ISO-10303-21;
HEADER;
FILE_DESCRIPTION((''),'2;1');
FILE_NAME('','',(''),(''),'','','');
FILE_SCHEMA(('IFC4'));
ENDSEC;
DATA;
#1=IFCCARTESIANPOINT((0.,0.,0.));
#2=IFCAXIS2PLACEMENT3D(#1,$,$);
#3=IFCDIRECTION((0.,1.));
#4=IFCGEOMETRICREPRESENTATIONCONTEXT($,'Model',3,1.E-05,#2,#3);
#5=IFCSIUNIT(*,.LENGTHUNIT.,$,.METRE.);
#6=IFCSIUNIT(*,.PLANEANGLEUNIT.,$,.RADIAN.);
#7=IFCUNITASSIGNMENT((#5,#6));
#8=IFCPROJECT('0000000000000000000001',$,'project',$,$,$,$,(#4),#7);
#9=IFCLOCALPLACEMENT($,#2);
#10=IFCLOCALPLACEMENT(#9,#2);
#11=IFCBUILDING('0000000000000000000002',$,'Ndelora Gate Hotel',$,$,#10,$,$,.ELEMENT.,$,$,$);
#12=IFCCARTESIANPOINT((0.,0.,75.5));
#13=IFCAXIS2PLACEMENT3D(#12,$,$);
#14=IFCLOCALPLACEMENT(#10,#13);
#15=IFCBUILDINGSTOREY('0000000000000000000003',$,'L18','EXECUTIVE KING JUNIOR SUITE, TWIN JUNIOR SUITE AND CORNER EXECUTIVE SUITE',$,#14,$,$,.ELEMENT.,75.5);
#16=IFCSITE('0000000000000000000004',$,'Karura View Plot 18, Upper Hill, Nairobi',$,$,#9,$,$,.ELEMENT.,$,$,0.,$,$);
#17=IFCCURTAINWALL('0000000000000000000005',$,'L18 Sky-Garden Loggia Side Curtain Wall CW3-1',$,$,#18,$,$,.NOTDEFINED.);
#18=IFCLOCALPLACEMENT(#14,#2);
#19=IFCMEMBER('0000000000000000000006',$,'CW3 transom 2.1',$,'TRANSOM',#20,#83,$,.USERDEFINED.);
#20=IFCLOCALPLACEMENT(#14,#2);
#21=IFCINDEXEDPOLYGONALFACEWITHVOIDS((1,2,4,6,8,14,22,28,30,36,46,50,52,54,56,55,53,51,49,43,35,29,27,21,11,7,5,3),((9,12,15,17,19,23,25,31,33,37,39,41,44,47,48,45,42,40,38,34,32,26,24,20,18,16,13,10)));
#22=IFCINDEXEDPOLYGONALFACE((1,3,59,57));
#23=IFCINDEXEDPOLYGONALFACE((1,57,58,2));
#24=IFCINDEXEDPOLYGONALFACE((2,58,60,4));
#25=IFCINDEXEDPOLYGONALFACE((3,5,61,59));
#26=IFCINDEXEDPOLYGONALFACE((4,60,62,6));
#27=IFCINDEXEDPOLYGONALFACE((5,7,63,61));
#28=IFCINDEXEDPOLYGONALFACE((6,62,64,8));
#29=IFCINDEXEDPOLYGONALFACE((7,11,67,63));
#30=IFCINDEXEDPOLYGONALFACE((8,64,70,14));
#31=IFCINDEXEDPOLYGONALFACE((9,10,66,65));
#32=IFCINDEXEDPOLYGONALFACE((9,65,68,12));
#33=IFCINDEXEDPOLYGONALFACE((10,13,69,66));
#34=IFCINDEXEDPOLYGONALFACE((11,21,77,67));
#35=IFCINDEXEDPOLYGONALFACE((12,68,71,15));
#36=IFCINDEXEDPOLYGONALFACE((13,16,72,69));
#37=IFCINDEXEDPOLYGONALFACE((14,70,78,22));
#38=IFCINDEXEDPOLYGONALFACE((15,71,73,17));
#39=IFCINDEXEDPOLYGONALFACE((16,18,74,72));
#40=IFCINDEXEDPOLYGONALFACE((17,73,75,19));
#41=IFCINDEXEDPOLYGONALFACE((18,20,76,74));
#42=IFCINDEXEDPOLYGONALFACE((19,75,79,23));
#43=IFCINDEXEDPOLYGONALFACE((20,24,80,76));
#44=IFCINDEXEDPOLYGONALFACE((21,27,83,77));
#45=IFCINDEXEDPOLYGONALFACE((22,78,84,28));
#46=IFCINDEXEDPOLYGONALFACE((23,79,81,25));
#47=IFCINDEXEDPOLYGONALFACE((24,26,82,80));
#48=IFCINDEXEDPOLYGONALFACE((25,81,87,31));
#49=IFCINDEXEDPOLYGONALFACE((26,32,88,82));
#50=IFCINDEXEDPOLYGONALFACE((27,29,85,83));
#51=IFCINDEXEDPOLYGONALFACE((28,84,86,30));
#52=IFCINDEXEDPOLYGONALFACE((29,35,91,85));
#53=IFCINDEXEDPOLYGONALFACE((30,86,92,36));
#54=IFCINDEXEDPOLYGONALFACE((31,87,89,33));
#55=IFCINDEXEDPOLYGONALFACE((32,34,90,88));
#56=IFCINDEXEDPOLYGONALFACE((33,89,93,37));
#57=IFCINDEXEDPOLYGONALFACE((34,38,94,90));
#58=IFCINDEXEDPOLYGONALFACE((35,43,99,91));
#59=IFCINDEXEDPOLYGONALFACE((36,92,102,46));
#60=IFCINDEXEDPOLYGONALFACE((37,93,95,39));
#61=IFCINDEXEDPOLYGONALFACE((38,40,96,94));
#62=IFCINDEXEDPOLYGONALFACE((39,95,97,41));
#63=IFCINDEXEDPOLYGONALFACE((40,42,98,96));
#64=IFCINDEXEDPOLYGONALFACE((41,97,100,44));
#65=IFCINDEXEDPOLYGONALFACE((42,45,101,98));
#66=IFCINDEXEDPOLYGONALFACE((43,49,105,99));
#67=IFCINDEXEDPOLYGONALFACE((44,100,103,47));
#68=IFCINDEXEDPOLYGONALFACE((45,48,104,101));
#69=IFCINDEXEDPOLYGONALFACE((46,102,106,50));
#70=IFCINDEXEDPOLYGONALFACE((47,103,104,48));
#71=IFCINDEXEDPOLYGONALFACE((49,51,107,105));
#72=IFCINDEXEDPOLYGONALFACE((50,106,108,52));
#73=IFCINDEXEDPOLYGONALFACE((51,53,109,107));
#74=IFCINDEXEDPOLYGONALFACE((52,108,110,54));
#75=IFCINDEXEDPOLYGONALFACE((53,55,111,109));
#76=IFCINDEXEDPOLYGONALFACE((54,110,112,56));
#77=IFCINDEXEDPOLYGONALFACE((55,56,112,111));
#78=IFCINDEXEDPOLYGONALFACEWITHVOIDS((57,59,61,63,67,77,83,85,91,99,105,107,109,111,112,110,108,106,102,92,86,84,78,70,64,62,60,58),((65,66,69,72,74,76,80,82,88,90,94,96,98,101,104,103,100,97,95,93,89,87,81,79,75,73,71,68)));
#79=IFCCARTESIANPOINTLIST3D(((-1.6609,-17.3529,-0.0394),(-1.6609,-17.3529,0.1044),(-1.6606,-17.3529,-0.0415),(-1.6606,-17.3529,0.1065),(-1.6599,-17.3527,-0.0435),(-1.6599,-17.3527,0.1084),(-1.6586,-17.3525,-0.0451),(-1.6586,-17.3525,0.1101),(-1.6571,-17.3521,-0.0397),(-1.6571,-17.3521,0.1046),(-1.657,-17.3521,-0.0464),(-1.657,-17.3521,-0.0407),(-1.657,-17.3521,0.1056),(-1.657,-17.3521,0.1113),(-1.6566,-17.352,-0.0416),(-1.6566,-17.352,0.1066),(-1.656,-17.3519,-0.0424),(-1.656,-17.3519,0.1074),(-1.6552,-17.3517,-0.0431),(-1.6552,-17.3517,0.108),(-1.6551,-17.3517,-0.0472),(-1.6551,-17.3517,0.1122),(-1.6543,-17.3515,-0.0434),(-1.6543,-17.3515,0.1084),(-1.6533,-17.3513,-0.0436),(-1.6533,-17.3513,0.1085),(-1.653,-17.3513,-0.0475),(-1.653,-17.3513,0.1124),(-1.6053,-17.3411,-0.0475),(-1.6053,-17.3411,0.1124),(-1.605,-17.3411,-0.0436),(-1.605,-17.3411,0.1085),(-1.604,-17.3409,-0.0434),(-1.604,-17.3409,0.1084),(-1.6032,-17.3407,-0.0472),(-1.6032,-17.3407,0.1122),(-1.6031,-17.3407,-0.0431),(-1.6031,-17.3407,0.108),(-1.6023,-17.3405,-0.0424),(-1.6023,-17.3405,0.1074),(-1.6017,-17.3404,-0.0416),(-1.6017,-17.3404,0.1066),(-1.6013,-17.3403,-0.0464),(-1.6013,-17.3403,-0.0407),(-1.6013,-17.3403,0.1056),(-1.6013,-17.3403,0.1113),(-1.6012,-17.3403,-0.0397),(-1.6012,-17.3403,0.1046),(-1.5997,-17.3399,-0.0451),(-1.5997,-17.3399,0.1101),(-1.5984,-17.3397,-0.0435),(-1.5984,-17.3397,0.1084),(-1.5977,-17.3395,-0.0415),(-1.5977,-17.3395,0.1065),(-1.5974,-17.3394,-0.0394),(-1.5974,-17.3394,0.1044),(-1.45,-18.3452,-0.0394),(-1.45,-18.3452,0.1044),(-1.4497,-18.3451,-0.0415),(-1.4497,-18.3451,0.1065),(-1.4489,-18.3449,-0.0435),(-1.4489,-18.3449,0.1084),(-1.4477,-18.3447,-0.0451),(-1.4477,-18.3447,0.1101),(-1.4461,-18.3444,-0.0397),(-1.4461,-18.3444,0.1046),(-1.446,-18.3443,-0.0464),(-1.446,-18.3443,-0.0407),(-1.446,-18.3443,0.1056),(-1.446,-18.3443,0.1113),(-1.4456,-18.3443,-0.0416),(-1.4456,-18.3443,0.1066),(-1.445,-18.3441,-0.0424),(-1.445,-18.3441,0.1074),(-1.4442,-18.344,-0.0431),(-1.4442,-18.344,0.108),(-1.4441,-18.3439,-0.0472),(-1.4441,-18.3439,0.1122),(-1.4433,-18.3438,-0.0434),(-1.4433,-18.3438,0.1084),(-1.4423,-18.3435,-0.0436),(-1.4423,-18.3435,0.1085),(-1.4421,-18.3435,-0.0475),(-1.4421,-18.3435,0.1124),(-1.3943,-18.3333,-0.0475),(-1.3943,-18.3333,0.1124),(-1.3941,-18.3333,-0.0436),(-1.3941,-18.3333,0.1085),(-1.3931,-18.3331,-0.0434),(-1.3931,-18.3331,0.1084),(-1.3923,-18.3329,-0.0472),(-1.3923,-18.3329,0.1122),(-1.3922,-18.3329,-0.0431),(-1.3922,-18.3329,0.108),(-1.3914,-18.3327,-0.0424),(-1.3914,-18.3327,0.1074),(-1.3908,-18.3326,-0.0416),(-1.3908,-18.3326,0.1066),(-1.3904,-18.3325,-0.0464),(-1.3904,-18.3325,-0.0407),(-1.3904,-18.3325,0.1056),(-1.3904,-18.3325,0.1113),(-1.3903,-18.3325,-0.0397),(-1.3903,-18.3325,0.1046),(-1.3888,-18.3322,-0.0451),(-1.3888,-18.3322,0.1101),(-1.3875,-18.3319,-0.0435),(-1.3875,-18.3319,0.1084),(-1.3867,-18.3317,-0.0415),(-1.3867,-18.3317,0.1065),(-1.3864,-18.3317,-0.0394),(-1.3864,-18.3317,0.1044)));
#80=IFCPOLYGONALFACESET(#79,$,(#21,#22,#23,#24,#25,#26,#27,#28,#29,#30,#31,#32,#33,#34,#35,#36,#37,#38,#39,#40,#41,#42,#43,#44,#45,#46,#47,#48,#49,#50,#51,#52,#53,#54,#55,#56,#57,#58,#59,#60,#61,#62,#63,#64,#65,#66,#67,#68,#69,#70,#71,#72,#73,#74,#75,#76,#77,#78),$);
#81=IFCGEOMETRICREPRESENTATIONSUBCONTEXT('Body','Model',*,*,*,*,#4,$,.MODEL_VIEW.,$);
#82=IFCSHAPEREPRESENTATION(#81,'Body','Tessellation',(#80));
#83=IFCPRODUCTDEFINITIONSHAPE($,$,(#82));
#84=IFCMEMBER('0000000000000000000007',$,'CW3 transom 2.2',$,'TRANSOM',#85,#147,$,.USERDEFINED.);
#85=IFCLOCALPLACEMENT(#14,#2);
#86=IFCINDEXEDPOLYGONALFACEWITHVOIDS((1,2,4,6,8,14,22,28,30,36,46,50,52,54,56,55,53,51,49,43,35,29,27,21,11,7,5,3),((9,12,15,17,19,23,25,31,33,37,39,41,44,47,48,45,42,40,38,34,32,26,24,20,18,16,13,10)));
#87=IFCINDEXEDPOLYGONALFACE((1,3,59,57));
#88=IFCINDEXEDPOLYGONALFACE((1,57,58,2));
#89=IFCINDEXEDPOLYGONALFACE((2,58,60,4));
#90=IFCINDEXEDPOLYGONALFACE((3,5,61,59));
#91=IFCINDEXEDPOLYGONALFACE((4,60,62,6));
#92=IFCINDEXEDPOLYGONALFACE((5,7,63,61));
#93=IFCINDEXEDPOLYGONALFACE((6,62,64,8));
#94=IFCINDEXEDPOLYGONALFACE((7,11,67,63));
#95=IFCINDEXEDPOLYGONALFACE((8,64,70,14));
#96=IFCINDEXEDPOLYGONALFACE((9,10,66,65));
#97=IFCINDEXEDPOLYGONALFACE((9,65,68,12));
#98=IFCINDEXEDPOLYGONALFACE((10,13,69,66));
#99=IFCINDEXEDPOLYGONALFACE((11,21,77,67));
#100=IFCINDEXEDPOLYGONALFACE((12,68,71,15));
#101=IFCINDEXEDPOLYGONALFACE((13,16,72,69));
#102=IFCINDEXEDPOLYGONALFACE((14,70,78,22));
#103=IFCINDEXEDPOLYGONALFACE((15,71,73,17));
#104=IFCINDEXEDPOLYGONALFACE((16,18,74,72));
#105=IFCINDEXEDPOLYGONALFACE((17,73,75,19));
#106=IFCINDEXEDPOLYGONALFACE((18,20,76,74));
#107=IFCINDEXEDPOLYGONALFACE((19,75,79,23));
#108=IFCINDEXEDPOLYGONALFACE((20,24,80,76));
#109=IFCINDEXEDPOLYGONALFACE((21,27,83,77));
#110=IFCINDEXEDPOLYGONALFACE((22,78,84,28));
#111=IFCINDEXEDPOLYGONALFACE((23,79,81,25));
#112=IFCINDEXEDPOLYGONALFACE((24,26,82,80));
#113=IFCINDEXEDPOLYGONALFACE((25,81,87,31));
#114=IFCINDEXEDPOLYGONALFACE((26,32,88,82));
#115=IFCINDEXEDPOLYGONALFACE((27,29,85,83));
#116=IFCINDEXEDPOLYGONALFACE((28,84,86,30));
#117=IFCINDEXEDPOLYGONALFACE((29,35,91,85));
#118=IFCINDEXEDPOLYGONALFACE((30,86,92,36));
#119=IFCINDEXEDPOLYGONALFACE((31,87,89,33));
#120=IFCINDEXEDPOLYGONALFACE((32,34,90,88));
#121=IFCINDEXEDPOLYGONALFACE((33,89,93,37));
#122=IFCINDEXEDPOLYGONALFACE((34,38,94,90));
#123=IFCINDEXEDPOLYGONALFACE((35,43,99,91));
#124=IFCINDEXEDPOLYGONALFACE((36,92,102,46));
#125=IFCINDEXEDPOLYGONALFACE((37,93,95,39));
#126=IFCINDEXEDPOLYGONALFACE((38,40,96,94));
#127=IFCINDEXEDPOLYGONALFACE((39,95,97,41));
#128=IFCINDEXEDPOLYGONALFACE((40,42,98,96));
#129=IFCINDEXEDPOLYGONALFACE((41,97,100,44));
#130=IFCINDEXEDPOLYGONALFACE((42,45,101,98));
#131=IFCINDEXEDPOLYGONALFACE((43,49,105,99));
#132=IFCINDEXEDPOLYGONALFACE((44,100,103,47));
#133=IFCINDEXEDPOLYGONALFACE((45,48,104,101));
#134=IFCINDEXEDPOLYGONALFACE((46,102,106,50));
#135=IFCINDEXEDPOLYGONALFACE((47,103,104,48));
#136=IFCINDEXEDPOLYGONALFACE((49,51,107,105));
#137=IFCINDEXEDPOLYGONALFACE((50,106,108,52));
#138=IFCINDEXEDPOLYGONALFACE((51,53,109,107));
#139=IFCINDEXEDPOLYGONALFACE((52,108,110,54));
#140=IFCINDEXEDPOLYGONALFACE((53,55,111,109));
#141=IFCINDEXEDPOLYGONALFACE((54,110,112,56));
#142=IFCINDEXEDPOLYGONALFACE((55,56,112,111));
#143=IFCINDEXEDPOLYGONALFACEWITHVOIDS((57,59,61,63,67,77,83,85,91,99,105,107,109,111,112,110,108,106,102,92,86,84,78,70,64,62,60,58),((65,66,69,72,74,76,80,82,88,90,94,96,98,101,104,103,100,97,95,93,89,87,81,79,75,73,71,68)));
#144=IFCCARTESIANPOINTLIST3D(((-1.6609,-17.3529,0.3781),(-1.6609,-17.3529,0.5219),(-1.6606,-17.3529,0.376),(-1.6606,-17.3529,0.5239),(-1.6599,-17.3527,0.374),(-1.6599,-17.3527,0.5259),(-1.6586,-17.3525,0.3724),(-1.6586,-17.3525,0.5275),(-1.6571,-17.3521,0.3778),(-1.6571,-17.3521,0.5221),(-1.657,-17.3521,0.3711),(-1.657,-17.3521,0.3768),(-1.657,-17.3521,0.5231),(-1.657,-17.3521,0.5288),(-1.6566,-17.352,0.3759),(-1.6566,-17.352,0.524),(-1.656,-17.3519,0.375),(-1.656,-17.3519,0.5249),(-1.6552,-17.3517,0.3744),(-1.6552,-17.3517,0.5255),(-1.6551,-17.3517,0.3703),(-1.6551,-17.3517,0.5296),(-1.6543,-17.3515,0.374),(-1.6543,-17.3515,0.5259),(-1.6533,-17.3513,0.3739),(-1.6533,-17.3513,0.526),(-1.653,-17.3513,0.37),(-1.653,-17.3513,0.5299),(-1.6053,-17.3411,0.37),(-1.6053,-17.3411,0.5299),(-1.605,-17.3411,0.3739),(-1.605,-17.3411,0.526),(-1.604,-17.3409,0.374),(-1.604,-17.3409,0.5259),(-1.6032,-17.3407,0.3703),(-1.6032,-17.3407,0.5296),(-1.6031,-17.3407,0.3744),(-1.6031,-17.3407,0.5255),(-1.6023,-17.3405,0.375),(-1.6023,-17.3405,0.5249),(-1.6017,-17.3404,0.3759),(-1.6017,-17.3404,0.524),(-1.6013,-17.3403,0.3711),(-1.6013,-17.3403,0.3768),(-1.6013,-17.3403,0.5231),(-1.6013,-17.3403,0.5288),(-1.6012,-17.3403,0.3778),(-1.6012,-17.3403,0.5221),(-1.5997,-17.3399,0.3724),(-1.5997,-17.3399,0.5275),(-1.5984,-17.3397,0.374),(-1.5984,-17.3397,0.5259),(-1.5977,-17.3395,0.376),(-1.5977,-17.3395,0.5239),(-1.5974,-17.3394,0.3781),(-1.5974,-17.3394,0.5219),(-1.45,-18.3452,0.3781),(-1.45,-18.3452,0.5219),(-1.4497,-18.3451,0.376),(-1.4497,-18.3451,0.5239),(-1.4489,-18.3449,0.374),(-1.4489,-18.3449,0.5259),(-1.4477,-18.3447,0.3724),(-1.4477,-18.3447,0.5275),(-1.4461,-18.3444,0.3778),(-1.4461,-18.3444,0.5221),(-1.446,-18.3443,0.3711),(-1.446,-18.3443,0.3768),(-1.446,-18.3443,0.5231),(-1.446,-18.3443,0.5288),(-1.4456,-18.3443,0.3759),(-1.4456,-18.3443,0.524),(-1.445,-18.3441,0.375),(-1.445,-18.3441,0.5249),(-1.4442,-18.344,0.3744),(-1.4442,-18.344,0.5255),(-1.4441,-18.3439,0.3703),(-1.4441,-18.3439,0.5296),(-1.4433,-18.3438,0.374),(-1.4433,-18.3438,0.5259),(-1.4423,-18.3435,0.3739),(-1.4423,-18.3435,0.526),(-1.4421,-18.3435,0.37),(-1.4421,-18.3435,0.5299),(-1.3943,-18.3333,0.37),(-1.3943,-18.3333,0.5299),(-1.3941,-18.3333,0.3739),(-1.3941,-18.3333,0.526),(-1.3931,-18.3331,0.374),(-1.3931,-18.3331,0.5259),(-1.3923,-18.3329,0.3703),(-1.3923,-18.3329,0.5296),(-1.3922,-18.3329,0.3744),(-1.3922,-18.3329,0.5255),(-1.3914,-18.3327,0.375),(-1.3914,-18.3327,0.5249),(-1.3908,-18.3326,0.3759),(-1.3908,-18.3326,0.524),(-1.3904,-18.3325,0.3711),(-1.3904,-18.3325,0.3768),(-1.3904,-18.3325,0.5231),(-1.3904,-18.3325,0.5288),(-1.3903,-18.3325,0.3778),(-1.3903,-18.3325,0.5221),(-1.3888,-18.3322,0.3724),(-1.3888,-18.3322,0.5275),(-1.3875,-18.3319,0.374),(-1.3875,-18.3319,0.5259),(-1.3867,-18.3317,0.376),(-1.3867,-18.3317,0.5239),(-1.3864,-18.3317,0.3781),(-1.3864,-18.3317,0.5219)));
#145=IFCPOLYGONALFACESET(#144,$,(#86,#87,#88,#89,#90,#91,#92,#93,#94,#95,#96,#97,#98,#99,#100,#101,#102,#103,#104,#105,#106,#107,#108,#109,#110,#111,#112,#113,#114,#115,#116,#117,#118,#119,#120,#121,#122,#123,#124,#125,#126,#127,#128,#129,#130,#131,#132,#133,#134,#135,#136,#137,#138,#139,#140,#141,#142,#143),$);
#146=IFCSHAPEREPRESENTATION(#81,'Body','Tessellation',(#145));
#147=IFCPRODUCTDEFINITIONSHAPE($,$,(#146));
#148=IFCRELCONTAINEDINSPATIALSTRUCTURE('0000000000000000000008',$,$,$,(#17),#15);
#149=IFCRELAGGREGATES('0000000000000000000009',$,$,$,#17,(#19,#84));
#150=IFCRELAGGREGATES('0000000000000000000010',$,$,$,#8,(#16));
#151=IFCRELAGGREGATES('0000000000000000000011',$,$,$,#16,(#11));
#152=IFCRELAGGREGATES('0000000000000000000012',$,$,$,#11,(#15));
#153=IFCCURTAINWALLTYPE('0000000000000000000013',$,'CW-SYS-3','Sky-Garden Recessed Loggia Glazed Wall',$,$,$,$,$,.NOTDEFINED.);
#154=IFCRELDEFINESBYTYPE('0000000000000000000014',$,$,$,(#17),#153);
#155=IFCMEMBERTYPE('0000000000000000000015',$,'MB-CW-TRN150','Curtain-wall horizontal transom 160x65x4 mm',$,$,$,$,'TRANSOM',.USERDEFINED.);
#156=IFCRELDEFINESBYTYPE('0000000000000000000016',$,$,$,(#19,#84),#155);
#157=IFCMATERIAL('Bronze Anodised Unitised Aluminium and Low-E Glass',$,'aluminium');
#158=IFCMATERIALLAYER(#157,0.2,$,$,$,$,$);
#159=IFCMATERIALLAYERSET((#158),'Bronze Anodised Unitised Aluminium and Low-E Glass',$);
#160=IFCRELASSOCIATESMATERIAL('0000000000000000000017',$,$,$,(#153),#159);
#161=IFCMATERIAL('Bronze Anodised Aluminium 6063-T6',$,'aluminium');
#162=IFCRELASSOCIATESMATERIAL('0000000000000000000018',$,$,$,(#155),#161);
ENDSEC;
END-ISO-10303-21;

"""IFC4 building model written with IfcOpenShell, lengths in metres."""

from ifc_helpers import new_model, si_unit, direction, frame, origin, origin_2d, place, context, subcontext, project, spatial, hollow_rectangle, extrude, material, layer, layer_set, material_profile, profile_set, type_object, element, aggregate, save


model = new_model("IFC4")

# Units and contexts
model_context = context("Model", 3, precision=1e-05, world=origin(), true_north=direction((0.0, 1.0)))
body_context = subcontext(model_context, "Body", "Model", "MODEL_VIEW")
ifc_project = project(units=[si_unit("LENGTHUNIT", "METRE"), si_unit("PLANEANGLEUNIT", "RADIAN")], contexts=[model_context])

# Site, building, storey
site_placement = place(None, origin())
site = spatial("IfcSite", under=ifc_project, at=site_placement, Name="Karura View Plot 18, Upper Hill, Nairobi", CompositionType="ELEMENT", RefElevation=0.0)
building_placement = place(site_placement, origin())
building = spatial("IfcBuilding", under=site, at=building_placement, Name="Ndelora Gate Hotel", CompositionType="ELEMENT")
storey_placement = place(building_placement, frame((0.0, 0.0, 75.5)))
storey = spatial("IfcBuildingStorey", under=building, at=storey_placement, Name="L18", Description="EXECUTIVE KING JUNIOR SUITE, TWIN JUNIOR SUITE AND CORNER EXECUTIVE SUITE", CompositionType="ELEMENT", Elevation=75.5)

# Curtain wall, members
ifc_material_1 = material(Name="Bronze Anodised Unitised Aluminium and Low-E Glass", Category="aluminium")
ifc_layer_1 = layer(ifc_material_1, 0.2)
ifc_layer_set_1 = layer_set([ifc_layer_1], Name="Bronze Anodised Unitised Aluminium and Low-E Glass")
curtain_wall_type = type_object("IfcCurtainWallType", Name="CW-SYS-3", Description="Sky-Garden Recessed Loggia Glazed Wall", PredefinedType="NOTDEFINED", material=ifc_layer_set_1)
curtain_wall_placement = place(storey_placement, origin())
curtain_wall = element("IfcCurtainWall", 1, at=curtain_wall_placement, inside=storey, type_object=curtain_wall_type, Name="L18 Sky-Garden Loggia Side Curtain Wall CW3-1", PredefinedType="NOTDEFINED")
ifc_material_2 = material(Name="Bronze Anodised Aluminium 6063-T6", Category="aluminium")
ifc_material_profile_1 = material_profile(ifc_material_2, hollow_rectangle(XDim=0.0649, YDim=0.1599, WallThickness=0.0039, InnerFilletRadius=0.0039, OuterFilletRadius=0.0081, at=origin_2d()), Name="ALU 160x65x4")
ifc_profile_set_1 = profile_set([ifc_material_profile_1], Name="Bronze Anodised Aluminium 6063-T6")
member_type_1 = type_object("IfcMemberType", Name="MB-CW-TRN150", Description="Curtain-wall horizontal transom 160x65x4 mm", ElementType="TRANSOM", PredefinedType="USERDEFINED", material=ifc_profile_set_1)
member_1_placement = place(storey_placement, frame((-1.6292, -17.3462, 0.0325), z_axis=(0.207951, -0.978139, 0.0), x_axis=(0.978139, 0.207951, 0.0)))
member_1 = element("IfcMember", 2, at=member_1_placement, type_object=member_type_1, Name="CW3 transom 2.1", ObjectType="TRANSOM", PredefinedType="USERDEFINED", context=body_context, shape_type="SweptSolid", body=[
    extrude(hollow_rectangle(XDim=0.0649, YDim=0.1599, WallThickness=0.0039, InnerFilletRadius=0.0039, OuterFilletRadius=0.0081, at=origin_2d()), origin(), (0.0, 0.0, 1.0), 1.0144),
])
member_2_placement = place(storey_placement, frame((-1.6292, -17.3462, 0.45), z_axis=(0.207951, -0.978139, 0.0), x_axis=(0.978139, 0.207951, 0.0)))
member_2 = element("IfcMember", 3, at=member_2_placement, type_object=member_type_1, Name="CW3 transom 2.2", ObjectType="TRANSOM", PredefinedType="USERDEFINED", context=body_context, shape_type="SweptSolid", body=[
    extrude(hollow_rectangle(XDim=0.0649, YDim=0.1599, WallThickness=0.0039, InnerFilletRadius=0.0039, OuterFilletRadius=0.0081, at=origin_2d()), origin(), (0.0, 0.0, 1.0), 1.0144),
])
aggregate(curtain_wall, [member_1, member_2])

save(model, "model.ifc")
